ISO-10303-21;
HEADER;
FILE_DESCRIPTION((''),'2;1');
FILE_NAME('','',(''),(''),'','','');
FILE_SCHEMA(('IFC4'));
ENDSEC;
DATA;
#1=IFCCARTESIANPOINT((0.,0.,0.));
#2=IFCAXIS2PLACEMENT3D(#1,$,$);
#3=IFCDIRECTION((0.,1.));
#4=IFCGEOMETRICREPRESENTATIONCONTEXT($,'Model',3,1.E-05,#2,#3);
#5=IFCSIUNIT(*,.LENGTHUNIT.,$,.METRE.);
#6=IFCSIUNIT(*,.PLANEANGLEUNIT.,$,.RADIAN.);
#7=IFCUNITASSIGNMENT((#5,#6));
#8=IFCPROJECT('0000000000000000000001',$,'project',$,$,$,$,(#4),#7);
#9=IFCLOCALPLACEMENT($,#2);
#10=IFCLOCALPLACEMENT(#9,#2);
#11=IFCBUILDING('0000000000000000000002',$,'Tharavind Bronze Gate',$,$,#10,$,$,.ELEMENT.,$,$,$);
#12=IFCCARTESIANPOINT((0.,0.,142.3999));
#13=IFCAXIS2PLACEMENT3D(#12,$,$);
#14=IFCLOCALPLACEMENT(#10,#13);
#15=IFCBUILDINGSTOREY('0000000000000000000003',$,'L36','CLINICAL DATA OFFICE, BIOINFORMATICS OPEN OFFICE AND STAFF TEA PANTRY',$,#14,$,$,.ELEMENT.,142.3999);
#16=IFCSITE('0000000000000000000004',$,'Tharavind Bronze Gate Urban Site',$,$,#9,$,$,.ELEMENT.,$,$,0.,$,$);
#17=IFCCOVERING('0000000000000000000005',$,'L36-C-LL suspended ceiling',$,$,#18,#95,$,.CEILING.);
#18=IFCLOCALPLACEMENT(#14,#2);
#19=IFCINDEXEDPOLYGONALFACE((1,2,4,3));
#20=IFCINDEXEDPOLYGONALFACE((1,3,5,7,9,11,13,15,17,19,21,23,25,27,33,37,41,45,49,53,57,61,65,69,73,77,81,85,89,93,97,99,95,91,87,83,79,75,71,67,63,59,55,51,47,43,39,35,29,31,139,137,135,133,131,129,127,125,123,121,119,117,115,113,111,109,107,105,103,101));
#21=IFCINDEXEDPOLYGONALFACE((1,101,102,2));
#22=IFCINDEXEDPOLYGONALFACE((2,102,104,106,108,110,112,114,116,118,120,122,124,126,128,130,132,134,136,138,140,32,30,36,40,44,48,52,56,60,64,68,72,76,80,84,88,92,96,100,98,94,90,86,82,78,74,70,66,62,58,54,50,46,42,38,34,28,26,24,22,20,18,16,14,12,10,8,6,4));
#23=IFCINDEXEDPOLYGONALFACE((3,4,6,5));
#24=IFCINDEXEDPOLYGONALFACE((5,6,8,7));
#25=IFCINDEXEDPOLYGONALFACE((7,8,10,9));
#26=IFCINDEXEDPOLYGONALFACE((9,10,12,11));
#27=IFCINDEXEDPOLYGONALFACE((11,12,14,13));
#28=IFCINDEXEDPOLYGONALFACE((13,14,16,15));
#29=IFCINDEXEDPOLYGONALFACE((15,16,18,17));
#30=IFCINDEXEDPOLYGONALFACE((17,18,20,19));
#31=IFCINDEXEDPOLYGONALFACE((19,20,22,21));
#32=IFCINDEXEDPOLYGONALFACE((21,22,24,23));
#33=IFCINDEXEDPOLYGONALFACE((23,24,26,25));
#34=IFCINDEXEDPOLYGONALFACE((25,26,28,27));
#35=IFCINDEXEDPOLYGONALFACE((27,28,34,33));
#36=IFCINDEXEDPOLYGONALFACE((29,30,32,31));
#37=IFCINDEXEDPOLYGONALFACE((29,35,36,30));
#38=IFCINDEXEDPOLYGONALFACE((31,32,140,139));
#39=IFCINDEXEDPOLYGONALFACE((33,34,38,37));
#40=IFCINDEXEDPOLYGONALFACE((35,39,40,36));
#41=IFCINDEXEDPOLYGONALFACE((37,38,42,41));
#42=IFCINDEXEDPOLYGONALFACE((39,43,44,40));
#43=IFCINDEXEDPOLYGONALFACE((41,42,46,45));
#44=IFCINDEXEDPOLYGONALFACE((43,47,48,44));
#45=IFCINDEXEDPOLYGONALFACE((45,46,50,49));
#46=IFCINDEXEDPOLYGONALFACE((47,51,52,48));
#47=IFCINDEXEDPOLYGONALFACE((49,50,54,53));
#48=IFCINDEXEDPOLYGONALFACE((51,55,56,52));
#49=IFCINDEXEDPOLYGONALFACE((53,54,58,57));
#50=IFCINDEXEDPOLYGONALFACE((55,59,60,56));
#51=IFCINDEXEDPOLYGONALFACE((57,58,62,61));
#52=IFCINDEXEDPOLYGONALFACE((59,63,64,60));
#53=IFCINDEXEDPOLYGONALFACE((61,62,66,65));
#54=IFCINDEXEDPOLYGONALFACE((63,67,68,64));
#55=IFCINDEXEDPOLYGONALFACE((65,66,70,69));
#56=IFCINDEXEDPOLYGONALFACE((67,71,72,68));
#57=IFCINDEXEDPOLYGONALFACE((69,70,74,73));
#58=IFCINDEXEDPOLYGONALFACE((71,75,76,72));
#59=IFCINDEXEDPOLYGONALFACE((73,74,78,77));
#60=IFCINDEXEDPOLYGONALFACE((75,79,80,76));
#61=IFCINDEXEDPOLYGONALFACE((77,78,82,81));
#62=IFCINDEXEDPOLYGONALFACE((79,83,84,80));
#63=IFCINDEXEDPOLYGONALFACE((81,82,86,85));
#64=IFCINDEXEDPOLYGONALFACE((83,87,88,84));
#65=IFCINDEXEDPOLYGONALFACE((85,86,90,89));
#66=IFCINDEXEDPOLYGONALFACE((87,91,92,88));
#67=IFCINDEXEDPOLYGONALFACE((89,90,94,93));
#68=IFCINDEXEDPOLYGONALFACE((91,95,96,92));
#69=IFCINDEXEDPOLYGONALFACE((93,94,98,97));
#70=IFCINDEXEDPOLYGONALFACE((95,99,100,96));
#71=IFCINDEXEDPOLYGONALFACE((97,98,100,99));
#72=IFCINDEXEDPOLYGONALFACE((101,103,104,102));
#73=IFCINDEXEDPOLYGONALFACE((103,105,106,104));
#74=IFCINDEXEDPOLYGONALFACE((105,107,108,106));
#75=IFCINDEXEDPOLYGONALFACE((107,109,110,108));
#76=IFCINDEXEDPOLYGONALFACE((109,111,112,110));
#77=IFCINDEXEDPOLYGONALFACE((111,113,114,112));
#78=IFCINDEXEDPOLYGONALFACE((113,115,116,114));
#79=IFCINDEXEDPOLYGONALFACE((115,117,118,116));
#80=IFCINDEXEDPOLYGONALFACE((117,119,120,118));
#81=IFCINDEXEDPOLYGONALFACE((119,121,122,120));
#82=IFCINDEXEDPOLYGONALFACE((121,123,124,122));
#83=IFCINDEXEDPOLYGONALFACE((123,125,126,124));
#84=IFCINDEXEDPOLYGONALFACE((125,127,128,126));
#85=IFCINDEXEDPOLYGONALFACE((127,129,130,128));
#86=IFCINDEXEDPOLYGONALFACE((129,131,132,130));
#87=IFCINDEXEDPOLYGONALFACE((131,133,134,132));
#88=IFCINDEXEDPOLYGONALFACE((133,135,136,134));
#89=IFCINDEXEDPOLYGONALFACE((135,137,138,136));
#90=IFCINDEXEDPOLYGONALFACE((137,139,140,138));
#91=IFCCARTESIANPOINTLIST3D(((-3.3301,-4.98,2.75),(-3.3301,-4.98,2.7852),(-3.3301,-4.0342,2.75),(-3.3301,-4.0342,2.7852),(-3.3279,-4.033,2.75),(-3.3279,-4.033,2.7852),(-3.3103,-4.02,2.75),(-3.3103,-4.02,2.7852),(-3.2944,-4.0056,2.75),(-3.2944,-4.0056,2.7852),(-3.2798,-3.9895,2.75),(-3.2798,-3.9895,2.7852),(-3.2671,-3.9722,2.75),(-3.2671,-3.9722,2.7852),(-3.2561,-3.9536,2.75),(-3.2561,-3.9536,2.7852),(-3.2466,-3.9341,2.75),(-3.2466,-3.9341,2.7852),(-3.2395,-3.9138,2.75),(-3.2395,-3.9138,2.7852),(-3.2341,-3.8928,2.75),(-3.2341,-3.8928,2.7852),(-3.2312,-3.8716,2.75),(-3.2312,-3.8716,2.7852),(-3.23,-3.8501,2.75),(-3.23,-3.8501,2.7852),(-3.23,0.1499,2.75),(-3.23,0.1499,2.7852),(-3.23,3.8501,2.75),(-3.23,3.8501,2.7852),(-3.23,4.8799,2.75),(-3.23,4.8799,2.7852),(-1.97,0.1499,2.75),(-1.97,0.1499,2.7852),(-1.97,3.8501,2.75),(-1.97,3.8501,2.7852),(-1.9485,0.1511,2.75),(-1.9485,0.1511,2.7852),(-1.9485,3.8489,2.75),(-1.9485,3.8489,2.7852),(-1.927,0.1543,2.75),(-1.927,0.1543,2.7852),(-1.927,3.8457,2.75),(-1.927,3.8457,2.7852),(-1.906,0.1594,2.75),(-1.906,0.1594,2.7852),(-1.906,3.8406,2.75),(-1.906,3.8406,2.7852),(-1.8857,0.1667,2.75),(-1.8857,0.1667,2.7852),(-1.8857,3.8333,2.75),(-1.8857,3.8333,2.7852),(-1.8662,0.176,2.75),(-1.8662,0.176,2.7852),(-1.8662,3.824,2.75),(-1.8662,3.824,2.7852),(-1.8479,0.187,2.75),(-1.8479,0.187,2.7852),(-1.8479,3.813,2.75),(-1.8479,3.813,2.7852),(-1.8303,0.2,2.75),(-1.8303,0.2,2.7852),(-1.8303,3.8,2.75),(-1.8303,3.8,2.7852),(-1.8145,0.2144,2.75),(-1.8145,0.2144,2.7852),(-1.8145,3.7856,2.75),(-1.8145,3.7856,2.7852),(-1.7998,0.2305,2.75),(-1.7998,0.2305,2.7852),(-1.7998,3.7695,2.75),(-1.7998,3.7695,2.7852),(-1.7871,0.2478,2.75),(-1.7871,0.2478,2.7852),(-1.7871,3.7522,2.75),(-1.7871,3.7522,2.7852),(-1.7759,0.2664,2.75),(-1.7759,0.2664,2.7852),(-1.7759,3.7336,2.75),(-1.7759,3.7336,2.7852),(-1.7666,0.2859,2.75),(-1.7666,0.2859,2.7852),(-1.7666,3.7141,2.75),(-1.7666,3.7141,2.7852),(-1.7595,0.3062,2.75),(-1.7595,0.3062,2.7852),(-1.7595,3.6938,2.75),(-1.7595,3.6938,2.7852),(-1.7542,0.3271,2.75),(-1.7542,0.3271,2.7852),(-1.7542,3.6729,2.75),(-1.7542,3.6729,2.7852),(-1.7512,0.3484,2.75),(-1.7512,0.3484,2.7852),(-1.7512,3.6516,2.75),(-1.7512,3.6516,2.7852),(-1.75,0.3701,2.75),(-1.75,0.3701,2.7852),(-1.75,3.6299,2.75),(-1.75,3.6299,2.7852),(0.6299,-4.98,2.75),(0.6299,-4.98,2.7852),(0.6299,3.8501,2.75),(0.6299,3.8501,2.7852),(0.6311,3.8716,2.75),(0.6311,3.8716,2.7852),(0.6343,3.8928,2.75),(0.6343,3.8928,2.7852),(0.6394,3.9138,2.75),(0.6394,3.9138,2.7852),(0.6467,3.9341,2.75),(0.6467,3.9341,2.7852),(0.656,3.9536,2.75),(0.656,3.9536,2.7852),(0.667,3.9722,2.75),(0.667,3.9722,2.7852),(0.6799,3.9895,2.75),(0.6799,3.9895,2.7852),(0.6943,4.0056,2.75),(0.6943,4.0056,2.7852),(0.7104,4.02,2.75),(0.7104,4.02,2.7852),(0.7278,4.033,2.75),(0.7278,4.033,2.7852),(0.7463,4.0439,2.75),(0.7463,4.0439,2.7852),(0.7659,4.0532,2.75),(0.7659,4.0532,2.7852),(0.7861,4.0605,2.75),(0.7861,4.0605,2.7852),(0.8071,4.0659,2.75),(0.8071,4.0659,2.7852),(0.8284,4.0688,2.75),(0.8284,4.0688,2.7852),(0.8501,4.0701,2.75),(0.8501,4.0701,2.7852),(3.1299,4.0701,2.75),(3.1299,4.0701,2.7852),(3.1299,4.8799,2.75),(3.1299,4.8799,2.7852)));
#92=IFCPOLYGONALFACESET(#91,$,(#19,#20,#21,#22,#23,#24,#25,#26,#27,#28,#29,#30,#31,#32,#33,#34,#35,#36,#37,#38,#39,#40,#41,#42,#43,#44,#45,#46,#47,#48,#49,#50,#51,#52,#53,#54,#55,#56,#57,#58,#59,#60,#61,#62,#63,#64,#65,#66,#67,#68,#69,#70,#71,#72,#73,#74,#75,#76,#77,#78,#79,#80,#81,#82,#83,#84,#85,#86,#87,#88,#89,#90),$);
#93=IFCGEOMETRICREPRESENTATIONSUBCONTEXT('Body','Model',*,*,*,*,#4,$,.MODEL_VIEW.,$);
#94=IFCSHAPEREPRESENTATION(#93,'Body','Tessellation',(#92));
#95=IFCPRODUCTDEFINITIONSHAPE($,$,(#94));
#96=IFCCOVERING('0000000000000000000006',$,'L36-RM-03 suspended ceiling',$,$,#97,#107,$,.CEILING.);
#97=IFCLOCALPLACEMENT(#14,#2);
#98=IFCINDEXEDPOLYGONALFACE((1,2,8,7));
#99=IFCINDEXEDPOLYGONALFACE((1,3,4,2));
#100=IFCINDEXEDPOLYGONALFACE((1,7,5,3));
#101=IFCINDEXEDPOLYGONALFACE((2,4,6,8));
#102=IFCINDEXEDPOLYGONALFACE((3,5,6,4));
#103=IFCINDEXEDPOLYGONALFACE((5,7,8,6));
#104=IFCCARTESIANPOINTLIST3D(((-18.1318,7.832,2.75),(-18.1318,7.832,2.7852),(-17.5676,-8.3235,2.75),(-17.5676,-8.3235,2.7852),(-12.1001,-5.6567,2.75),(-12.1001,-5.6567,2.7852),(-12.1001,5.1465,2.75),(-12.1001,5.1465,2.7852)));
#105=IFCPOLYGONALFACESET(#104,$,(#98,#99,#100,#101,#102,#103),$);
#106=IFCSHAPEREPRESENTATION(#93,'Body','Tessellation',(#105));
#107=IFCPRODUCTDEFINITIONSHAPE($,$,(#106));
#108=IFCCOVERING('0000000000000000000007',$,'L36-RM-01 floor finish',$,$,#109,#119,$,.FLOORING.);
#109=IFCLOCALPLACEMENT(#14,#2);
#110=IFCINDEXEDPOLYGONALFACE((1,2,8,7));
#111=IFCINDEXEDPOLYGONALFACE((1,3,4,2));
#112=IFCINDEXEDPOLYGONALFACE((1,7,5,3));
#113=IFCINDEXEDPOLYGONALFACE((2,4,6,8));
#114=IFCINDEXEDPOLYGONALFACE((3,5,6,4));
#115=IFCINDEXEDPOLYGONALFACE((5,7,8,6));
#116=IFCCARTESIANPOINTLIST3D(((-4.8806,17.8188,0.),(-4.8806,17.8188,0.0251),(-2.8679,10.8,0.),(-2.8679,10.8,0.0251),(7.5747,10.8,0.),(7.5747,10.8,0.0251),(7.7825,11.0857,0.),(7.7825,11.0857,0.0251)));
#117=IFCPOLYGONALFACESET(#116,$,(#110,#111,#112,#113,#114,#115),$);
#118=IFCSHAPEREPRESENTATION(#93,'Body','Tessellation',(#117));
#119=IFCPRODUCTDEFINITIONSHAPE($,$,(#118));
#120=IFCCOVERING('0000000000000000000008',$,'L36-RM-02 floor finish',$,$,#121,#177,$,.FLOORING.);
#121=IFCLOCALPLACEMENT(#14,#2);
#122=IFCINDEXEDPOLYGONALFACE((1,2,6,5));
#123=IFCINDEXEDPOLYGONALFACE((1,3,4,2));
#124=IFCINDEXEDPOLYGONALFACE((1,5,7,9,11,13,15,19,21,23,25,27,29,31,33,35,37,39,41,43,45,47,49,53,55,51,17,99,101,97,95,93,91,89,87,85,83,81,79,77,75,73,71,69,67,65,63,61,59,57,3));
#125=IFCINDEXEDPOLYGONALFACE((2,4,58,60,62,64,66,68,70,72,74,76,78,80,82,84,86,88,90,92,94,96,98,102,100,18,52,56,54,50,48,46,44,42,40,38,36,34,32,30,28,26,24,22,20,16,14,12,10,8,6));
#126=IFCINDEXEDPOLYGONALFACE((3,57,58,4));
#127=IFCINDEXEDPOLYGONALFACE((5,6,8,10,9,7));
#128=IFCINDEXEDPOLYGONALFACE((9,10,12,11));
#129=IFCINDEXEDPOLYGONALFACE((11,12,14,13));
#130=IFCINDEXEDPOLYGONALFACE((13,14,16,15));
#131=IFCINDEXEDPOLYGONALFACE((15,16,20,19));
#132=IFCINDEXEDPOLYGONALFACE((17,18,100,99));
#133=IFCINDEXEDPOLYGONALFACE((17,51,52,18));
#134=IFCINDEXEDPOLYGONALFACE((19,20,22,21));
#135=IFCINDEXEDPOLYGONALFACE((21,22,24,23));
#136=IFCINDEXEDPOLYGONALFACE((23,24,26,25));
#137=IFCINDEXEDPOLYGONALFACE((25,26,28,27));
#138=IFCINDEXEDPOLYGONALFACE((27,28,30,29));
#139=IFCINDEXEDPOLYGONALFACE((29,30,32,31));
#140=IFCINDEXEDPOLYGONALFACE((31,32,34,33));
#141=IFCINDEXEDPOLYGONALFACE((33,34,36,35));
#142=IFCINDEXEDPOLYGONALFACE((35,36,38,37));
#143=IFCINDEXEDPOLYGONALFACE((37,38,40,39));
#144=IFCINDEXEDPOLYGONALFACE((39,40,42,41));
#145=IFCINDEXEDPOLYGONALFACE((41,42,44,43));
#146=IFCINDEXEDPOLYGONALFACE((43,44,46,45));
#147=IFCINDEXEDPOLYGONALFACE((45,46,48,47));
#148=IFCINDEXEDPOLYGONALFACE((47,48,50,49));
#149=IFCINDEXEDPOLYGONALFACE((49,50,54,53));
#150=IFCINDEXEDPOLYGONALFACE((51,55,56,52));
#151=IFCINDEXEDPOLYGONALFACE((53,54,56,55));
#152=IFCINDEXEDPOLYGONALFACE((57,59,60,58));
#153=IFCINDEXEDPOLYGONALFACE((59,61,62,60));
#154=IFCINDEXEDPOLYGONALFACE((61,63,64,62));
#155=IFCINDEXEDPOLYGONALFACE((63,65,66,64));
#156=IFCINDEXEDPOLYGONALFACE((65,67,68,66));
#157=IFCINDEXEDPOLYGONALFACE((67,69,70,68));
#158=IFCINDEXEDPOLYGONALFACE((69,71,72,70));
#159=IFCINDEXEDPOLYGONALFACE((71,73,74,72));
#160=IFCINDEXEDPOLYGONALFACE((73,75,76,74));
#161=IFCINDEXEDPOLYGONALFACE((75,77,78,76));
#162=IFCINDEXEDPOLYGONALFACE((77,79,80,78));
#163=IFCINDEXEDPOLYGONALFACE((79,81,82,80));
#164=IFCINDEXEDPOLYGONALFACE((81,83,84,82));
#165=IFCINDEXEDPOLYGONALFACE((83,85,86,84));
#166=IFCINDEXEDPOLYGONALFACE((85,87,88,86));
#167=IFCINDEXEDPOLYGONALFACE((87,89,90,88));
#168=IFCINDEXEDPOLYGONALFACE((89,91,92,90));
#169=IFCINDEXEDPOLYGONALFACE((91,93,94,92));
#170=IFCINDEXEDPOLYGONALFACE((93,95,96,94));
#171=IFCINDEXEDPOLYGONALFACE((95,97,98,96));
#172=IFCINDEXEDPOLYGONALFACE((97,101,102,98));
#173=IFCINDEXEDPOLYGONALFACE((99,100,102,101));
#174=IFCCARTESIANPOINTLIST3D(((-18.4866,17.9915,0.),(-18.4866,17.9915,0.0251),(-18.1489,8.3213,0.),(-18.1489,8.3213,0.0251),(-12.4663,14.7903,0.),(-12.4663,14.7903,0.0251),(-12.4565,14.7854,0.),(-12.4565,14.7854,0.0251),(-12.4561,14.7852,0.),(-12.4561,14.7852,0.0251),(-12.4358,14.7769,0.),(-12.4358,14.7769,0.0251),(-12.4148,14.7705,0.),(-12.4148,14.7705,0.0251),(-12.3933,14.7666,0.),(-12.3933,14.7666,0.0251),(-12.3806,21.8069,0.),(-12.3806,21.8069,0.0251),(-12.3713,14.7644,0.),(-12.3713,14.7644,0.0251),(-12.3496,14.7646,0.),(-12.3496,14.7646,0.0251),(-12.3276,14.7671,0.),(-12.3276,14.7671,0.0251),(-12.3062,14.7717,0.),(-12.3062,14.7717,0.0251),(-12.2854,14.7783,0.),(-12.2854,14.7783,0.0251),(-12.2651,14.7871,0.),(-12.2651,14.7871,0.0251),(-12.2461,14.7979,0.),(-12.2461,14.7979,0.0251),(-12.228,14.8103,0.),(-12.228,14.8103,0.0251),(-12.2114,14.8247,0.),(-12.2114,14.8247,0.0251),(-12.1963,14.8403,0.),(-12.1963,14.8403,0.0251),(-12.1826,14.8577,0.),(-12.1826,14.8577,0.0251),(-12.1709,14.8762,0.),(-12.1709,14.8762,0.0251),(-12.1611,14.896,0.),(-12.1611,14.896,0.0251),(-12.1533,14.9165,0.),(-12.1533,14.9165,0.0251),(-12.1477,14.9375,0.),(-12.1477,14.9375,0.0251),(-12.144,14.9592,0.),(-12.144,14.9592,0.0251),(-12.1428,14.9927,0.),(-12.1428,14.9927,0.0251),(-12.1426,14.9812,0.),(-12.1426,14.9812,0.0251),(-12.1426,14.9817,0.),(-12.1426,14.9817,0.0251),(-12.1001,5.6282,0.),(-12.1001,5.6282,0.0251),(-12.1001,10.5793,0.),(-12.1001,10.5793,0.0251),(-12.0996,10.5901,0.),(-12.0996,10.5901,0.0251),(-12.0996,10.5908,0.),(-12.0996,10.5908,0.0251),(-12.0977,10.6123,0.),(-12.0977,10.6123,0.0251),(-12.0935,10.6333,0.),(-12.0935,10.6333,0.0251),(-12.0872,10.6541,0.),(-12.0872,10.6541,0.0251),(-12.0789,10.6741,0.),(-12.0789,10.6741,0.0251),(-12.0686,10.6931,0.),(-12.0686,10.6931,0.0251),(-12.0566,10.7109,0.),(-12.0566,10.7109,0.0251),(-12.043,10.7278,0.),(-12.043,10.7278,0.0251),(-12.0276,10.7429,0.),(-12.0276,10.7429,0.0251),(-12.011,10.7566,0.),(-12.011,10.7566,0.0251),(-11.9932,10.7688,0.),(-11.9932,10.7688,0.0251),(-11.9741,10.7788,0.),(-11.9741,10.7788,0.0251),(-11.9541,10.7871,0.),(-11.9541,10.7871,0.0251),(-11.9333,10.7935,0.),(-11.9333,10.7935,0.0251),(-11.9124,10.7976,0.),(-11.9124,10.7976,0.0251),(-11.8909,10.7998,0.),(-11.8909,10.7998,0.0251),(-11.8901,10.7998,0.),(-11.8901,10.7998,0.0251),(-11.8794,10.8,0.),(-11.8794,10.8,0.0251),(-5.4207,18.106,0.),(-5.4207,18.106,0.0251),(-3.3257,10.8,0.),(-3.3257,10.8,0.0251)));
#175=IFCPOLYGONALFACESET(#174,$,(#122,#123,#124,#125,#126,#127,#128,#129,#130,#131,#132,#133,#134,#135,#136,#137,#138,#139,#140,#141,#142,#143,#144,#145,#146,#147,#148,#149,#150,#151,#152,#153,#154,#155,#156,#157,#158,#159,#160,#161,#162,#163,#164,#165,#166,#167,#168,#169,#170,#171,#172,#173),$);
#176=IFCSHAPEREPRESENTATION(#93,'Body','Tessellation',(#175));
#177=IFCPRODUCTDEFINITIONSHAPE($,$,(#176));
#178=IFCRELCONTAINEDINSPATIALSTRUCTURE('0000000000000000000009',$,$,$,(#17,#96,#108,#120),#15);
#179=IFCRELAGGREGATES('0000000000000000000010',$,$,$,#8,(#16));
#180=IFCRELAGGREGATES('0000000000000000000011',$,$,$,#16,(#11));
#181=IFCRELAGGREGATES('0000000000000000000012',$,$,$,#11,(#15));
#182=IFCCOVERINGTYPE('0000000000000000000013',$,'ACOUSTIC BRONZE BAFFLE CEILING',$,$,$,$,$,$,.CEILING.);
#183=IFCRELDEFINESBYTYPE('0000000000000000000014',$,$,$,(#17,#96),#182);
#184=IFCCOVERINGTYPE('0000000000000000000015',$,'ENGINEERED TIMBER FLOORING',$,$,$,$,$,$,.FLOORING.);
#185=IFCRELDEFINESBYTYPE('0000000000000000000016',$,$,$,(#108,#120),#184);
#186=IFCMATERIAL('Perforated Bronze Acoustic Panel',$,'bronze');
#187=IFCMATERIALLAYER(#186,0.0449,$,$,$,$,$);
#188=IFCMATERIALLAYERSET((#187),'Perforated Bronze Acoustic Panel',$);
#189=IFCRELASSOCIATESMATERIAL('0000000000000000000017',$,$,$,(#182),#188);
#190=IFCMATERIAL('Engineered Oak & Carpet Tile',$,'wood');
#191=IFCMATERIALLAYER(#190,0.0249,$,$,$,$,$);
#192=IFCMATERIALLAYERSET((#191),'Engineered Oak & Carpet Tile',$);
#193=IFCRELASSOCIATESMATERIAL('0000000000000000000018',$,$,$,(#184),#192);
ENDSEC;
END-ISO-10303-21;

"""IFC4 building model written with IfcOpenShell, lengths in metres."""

from ifc_helpers import new_model, si_unit, direction, frame, origin, place, context, subcontext, project, spatial, polyline, outline, extrude, material, layer, layer_set, type_object, element, save


model = new_model("IFC4")

# Units and contexts
model_context = context("Model", 3, precision=1e-05, world=origin(), true_north=direction((0.0, 1.0)))
body_context = subcontext(model_context, "Body", "Model", "MODEL_VIEW")
ifc_project = project(units=[si_unit("LENGTHUNIT", "METRE"), si_unit("PLANEANGLEUNIT", "RADIAN")], contexts=[model_context])

# Site, building, storey
site_placement = place(None, origin())
site = spatial("IfcSite", under=ifc_project, at=site_placement, Name="Tharavind Bronze Gate Urban Site", CompositionType="ELEMENT", RefElevation=0.0)
building_placement = place(site_placement, origin())
building = spatial("IfcBuilding", under=site, at=building_placement, Name="Tharavind Bronze Gate", CompositionType="ELEMENT")
storey_placement = place(building_placement, frame((0.0, 0.0, 142.3999)))
storey = spatial("IfcBuildingStorey", under=building, at=storey_placement, Name="L36", Description="CLINICAL DATA OFFICE, BIOINFORMATICS OPEN OFFICE AND STAFF TEA PANTRY", CompositionType="ELEMENT", Elevation=142.3999)

# Coverings
ifc_material_1 = material(Name="Perforated Bronze Acoustic Panel", Category="bronze")
ifc_layer_1 = layer(ifc_material_1, 0.0449)
ifc_layer_set_1 = layer_set([ifc_layer_1], Name="Perforated Bronze Acoustic Panel")
covering_type_1 = type_object("IfcCoveringType", Name="ACOUSTIC BRONZE BAFFLE CEILING", PredefinedType="CEILING", material=ifc_layer_set_1)
covering_1_placement = place(storey_placement, frame((0.0, 0.0, 2.75)))
element("IfcCovering", 1, at=covering_1_placement, inside=storey, type_object=covering_type_1, Name="L36-C-LL suspended ceiling", PredefinedType="CEILING", context=body_context, shape_type="SweptSolid", body=[
    extrude(outline(polyline([(-3.3301, -4.98), (0.6299, -4.98), (0.6299, 3.8501), (0.6311, 3.8716), (0.6343, 3.8928), (0.6394, 3.9138), (0.6467, 3.9341), (0.656, 3.9536), (0.667, 3.9722), (0.6799, 3.9895), (0.6943, 4.0056), (0.7104, 4.02), (0.7278, 4.033), (0.7463, 4.0439), (0.7659, 4.0532), (0.7861, 4.0605), (0.8071, 4.0659), (0.8284, 4.0688), (0.8501, 4.0701), (3.1299, 4.0701), (3.1299, 4.8799), (-3.23, 4.8799), (-3.23, 3.8501), (-1.97, 3.8501), (-1.9485, 3.8489), (-1.927, 3.8457), (-1.906, 3.8406), (-1.8857, 3.8333), (-1.8662, 3.824), (-1.8479, 3.813), (-1.8303, 3.8), (-1.8145, 3.7856), (-1.7998, 3.7695), (-1.7871, 3.7522), (-1.7759, 3.7336), (-1.7666, 3.7141), (-1.7595, 3.6938), (-1.7542, 3.6729), (-1.7512, 3.6516), (-1.75, 3.6299), (-1.75, 0.3701), (-1.7512, 0.3484), (-1.7542, 0.3271), (-1.7595, 0.3062), (-1.7666, 0.2859), (-1.7759, 0.2664), (-1.7871, 0.2478), (-1.7998, 0.2305), (-1.8145, 0.2144), (-1.8303, 0.2), (-1.8479, 0.187), (-1.8662, 0.176), (-1.8857, 0.1667), (-1.906, 0.1594), (-1.927, 0.1543), (-1.9485, 0.1511), (-1.97, 0.1499), (-3.23, 0.1499), (-3.23, -3.8501), (-3.2312, -3.8716), (-3.2341, -3.8928), (-3.2395, -3.9138), (-3.2466, -3.9341), (-3.2561, -3.9536), (-3.2671, -3.9722), (-3.2798, -3.9895), (-3.2944, -4.0056), (-3.3103, -4.02), (-3.3279, -4.033), (-3.3301, -4.0342), (-3.3301, -4.98)])), origin(), (0.0, 0.0, 1.0), 0.0352),
])
covering_2_placement = place(storey_placement, frame((0.0, 0.0, 2.75)))
element("IfcCovering", 2, at=covering_2_placement, inside=storey, type_object=covering_type_1, Name="L36-RM-03 suspended ceiling", PredefinedType="CEILING", context=body_context, shape_type="SweptSolid", body=[
    extrude(outline(polyline([(-17.5676, -8.3235), (-12.1001, -5.6567), (-12.1001, 5.1465), (-18.1318, 7.832), (-17.5676, -8.3235)])), origin(), (0.0, 0.0, 1.0), 0.0352),
])
ifc_material_2 = material(Name="Engineered Oak & Carpet Tile", Category="wood")
ifc_layer_2 = layer(ifc_material_2, 0.0249)
ifc_layer_set_2 = layer_set([ifc_layer_2], Name="Engineered Oak & Carpet Tile")
covering_type_2 = type_object("IfcCoveringType", Name="ENGINEERED TIMBER FLOORING", PredefinedType="FLOORING", material=ifc_layer_set_2)
covering_3_placement = place(storey_placement, origin())
element("IfcCovering", 3, at=covering_3_placement, inside=storey, type_object=covering_type_2, Name="L36-RM-01 floor finish", PredefinedType="FLOORING", context=body_context, shape_type="SweptSolid", body=[
    extrude(outline(polyline([(-2.8679, 10.8), (7.5747, 10.8), (7.7825, 11.0857), (-4.8806, 17.8188), (-2.8679, 10.8)])), origin(), (0.0, 0.0, 1.0), 0.0251),
])
covering_4_placement = place(storey_placement, origin())
element("IfcCovering", 4, at=covering_4_placement, inside=storey, type_object=covering_type_2, Name="L36-RM-02 floor finish", PredefinedType="FLOORING", context=body_context, shape_type="SweptSolid", body=[
    extrude(outline(polyline([(-18.1489, 8.3213), (-12.1001, 5.6282), (-12.1001, 10.5793), (-12.0996, 10.5901), (-12.0996, 10.5908), (-12.0977, 10.6123), (-12.0935, 10.6333), (-12.0872, 10.6541), (-12.0789, 10.6741), (-12.0686, 10.6931), (-12.0566, 10.7109), (-12.043, 10.7278), (-12.0276, 10.7429), (-12.011, 10.7566), (-11.9932, 10.7688), (-11.9741, 10.7788), (-11.9541, 10.7871), (-11.9333, 10.7935), (-11.9124, 10.7976), (-11.8909, 10.7998), (-11.8901, 10.7998), (-11.8794, 10.8), (-3.3257, 10.8), (-5.4207, 18.106), (-12.3806, 21.8069), (-12.1428, 14.9927), (-12.1426, 14.9817), (-12.1426, 14.9812), (-12.144, 14.9592), (-12.1477, 14.9375), (-12.1533, 14.9165), (-12.1611, 14.896), (-12.1709, 14.8762), (-12.1826, 14.8577), (-12.1963, 14.8403), (-12.2114, 14.8247), (-12.228, 14.8103), (-12.2461, 14.7979), (-12.2651, 14.7871), (-12.2854, 14.7783), (-12.3062, 14.7717), (-12.3276, 14.7671), (-12.3496, 14.7646), (-12.3713, 14.7644), (-12.3933, 14.7666), (-12.4148, 14.7705), (-12.4358, 14.7769), (-12.4561, 14.7852), (-12.4565, 14.7854), (-12.4663, 14.7903), (-18.4866, 17.9915), (-18.1489, 8.3213)])), origin(), (0.0, 0.0, 1.0), 0.0251),
])

save(model, "model.ifc")
